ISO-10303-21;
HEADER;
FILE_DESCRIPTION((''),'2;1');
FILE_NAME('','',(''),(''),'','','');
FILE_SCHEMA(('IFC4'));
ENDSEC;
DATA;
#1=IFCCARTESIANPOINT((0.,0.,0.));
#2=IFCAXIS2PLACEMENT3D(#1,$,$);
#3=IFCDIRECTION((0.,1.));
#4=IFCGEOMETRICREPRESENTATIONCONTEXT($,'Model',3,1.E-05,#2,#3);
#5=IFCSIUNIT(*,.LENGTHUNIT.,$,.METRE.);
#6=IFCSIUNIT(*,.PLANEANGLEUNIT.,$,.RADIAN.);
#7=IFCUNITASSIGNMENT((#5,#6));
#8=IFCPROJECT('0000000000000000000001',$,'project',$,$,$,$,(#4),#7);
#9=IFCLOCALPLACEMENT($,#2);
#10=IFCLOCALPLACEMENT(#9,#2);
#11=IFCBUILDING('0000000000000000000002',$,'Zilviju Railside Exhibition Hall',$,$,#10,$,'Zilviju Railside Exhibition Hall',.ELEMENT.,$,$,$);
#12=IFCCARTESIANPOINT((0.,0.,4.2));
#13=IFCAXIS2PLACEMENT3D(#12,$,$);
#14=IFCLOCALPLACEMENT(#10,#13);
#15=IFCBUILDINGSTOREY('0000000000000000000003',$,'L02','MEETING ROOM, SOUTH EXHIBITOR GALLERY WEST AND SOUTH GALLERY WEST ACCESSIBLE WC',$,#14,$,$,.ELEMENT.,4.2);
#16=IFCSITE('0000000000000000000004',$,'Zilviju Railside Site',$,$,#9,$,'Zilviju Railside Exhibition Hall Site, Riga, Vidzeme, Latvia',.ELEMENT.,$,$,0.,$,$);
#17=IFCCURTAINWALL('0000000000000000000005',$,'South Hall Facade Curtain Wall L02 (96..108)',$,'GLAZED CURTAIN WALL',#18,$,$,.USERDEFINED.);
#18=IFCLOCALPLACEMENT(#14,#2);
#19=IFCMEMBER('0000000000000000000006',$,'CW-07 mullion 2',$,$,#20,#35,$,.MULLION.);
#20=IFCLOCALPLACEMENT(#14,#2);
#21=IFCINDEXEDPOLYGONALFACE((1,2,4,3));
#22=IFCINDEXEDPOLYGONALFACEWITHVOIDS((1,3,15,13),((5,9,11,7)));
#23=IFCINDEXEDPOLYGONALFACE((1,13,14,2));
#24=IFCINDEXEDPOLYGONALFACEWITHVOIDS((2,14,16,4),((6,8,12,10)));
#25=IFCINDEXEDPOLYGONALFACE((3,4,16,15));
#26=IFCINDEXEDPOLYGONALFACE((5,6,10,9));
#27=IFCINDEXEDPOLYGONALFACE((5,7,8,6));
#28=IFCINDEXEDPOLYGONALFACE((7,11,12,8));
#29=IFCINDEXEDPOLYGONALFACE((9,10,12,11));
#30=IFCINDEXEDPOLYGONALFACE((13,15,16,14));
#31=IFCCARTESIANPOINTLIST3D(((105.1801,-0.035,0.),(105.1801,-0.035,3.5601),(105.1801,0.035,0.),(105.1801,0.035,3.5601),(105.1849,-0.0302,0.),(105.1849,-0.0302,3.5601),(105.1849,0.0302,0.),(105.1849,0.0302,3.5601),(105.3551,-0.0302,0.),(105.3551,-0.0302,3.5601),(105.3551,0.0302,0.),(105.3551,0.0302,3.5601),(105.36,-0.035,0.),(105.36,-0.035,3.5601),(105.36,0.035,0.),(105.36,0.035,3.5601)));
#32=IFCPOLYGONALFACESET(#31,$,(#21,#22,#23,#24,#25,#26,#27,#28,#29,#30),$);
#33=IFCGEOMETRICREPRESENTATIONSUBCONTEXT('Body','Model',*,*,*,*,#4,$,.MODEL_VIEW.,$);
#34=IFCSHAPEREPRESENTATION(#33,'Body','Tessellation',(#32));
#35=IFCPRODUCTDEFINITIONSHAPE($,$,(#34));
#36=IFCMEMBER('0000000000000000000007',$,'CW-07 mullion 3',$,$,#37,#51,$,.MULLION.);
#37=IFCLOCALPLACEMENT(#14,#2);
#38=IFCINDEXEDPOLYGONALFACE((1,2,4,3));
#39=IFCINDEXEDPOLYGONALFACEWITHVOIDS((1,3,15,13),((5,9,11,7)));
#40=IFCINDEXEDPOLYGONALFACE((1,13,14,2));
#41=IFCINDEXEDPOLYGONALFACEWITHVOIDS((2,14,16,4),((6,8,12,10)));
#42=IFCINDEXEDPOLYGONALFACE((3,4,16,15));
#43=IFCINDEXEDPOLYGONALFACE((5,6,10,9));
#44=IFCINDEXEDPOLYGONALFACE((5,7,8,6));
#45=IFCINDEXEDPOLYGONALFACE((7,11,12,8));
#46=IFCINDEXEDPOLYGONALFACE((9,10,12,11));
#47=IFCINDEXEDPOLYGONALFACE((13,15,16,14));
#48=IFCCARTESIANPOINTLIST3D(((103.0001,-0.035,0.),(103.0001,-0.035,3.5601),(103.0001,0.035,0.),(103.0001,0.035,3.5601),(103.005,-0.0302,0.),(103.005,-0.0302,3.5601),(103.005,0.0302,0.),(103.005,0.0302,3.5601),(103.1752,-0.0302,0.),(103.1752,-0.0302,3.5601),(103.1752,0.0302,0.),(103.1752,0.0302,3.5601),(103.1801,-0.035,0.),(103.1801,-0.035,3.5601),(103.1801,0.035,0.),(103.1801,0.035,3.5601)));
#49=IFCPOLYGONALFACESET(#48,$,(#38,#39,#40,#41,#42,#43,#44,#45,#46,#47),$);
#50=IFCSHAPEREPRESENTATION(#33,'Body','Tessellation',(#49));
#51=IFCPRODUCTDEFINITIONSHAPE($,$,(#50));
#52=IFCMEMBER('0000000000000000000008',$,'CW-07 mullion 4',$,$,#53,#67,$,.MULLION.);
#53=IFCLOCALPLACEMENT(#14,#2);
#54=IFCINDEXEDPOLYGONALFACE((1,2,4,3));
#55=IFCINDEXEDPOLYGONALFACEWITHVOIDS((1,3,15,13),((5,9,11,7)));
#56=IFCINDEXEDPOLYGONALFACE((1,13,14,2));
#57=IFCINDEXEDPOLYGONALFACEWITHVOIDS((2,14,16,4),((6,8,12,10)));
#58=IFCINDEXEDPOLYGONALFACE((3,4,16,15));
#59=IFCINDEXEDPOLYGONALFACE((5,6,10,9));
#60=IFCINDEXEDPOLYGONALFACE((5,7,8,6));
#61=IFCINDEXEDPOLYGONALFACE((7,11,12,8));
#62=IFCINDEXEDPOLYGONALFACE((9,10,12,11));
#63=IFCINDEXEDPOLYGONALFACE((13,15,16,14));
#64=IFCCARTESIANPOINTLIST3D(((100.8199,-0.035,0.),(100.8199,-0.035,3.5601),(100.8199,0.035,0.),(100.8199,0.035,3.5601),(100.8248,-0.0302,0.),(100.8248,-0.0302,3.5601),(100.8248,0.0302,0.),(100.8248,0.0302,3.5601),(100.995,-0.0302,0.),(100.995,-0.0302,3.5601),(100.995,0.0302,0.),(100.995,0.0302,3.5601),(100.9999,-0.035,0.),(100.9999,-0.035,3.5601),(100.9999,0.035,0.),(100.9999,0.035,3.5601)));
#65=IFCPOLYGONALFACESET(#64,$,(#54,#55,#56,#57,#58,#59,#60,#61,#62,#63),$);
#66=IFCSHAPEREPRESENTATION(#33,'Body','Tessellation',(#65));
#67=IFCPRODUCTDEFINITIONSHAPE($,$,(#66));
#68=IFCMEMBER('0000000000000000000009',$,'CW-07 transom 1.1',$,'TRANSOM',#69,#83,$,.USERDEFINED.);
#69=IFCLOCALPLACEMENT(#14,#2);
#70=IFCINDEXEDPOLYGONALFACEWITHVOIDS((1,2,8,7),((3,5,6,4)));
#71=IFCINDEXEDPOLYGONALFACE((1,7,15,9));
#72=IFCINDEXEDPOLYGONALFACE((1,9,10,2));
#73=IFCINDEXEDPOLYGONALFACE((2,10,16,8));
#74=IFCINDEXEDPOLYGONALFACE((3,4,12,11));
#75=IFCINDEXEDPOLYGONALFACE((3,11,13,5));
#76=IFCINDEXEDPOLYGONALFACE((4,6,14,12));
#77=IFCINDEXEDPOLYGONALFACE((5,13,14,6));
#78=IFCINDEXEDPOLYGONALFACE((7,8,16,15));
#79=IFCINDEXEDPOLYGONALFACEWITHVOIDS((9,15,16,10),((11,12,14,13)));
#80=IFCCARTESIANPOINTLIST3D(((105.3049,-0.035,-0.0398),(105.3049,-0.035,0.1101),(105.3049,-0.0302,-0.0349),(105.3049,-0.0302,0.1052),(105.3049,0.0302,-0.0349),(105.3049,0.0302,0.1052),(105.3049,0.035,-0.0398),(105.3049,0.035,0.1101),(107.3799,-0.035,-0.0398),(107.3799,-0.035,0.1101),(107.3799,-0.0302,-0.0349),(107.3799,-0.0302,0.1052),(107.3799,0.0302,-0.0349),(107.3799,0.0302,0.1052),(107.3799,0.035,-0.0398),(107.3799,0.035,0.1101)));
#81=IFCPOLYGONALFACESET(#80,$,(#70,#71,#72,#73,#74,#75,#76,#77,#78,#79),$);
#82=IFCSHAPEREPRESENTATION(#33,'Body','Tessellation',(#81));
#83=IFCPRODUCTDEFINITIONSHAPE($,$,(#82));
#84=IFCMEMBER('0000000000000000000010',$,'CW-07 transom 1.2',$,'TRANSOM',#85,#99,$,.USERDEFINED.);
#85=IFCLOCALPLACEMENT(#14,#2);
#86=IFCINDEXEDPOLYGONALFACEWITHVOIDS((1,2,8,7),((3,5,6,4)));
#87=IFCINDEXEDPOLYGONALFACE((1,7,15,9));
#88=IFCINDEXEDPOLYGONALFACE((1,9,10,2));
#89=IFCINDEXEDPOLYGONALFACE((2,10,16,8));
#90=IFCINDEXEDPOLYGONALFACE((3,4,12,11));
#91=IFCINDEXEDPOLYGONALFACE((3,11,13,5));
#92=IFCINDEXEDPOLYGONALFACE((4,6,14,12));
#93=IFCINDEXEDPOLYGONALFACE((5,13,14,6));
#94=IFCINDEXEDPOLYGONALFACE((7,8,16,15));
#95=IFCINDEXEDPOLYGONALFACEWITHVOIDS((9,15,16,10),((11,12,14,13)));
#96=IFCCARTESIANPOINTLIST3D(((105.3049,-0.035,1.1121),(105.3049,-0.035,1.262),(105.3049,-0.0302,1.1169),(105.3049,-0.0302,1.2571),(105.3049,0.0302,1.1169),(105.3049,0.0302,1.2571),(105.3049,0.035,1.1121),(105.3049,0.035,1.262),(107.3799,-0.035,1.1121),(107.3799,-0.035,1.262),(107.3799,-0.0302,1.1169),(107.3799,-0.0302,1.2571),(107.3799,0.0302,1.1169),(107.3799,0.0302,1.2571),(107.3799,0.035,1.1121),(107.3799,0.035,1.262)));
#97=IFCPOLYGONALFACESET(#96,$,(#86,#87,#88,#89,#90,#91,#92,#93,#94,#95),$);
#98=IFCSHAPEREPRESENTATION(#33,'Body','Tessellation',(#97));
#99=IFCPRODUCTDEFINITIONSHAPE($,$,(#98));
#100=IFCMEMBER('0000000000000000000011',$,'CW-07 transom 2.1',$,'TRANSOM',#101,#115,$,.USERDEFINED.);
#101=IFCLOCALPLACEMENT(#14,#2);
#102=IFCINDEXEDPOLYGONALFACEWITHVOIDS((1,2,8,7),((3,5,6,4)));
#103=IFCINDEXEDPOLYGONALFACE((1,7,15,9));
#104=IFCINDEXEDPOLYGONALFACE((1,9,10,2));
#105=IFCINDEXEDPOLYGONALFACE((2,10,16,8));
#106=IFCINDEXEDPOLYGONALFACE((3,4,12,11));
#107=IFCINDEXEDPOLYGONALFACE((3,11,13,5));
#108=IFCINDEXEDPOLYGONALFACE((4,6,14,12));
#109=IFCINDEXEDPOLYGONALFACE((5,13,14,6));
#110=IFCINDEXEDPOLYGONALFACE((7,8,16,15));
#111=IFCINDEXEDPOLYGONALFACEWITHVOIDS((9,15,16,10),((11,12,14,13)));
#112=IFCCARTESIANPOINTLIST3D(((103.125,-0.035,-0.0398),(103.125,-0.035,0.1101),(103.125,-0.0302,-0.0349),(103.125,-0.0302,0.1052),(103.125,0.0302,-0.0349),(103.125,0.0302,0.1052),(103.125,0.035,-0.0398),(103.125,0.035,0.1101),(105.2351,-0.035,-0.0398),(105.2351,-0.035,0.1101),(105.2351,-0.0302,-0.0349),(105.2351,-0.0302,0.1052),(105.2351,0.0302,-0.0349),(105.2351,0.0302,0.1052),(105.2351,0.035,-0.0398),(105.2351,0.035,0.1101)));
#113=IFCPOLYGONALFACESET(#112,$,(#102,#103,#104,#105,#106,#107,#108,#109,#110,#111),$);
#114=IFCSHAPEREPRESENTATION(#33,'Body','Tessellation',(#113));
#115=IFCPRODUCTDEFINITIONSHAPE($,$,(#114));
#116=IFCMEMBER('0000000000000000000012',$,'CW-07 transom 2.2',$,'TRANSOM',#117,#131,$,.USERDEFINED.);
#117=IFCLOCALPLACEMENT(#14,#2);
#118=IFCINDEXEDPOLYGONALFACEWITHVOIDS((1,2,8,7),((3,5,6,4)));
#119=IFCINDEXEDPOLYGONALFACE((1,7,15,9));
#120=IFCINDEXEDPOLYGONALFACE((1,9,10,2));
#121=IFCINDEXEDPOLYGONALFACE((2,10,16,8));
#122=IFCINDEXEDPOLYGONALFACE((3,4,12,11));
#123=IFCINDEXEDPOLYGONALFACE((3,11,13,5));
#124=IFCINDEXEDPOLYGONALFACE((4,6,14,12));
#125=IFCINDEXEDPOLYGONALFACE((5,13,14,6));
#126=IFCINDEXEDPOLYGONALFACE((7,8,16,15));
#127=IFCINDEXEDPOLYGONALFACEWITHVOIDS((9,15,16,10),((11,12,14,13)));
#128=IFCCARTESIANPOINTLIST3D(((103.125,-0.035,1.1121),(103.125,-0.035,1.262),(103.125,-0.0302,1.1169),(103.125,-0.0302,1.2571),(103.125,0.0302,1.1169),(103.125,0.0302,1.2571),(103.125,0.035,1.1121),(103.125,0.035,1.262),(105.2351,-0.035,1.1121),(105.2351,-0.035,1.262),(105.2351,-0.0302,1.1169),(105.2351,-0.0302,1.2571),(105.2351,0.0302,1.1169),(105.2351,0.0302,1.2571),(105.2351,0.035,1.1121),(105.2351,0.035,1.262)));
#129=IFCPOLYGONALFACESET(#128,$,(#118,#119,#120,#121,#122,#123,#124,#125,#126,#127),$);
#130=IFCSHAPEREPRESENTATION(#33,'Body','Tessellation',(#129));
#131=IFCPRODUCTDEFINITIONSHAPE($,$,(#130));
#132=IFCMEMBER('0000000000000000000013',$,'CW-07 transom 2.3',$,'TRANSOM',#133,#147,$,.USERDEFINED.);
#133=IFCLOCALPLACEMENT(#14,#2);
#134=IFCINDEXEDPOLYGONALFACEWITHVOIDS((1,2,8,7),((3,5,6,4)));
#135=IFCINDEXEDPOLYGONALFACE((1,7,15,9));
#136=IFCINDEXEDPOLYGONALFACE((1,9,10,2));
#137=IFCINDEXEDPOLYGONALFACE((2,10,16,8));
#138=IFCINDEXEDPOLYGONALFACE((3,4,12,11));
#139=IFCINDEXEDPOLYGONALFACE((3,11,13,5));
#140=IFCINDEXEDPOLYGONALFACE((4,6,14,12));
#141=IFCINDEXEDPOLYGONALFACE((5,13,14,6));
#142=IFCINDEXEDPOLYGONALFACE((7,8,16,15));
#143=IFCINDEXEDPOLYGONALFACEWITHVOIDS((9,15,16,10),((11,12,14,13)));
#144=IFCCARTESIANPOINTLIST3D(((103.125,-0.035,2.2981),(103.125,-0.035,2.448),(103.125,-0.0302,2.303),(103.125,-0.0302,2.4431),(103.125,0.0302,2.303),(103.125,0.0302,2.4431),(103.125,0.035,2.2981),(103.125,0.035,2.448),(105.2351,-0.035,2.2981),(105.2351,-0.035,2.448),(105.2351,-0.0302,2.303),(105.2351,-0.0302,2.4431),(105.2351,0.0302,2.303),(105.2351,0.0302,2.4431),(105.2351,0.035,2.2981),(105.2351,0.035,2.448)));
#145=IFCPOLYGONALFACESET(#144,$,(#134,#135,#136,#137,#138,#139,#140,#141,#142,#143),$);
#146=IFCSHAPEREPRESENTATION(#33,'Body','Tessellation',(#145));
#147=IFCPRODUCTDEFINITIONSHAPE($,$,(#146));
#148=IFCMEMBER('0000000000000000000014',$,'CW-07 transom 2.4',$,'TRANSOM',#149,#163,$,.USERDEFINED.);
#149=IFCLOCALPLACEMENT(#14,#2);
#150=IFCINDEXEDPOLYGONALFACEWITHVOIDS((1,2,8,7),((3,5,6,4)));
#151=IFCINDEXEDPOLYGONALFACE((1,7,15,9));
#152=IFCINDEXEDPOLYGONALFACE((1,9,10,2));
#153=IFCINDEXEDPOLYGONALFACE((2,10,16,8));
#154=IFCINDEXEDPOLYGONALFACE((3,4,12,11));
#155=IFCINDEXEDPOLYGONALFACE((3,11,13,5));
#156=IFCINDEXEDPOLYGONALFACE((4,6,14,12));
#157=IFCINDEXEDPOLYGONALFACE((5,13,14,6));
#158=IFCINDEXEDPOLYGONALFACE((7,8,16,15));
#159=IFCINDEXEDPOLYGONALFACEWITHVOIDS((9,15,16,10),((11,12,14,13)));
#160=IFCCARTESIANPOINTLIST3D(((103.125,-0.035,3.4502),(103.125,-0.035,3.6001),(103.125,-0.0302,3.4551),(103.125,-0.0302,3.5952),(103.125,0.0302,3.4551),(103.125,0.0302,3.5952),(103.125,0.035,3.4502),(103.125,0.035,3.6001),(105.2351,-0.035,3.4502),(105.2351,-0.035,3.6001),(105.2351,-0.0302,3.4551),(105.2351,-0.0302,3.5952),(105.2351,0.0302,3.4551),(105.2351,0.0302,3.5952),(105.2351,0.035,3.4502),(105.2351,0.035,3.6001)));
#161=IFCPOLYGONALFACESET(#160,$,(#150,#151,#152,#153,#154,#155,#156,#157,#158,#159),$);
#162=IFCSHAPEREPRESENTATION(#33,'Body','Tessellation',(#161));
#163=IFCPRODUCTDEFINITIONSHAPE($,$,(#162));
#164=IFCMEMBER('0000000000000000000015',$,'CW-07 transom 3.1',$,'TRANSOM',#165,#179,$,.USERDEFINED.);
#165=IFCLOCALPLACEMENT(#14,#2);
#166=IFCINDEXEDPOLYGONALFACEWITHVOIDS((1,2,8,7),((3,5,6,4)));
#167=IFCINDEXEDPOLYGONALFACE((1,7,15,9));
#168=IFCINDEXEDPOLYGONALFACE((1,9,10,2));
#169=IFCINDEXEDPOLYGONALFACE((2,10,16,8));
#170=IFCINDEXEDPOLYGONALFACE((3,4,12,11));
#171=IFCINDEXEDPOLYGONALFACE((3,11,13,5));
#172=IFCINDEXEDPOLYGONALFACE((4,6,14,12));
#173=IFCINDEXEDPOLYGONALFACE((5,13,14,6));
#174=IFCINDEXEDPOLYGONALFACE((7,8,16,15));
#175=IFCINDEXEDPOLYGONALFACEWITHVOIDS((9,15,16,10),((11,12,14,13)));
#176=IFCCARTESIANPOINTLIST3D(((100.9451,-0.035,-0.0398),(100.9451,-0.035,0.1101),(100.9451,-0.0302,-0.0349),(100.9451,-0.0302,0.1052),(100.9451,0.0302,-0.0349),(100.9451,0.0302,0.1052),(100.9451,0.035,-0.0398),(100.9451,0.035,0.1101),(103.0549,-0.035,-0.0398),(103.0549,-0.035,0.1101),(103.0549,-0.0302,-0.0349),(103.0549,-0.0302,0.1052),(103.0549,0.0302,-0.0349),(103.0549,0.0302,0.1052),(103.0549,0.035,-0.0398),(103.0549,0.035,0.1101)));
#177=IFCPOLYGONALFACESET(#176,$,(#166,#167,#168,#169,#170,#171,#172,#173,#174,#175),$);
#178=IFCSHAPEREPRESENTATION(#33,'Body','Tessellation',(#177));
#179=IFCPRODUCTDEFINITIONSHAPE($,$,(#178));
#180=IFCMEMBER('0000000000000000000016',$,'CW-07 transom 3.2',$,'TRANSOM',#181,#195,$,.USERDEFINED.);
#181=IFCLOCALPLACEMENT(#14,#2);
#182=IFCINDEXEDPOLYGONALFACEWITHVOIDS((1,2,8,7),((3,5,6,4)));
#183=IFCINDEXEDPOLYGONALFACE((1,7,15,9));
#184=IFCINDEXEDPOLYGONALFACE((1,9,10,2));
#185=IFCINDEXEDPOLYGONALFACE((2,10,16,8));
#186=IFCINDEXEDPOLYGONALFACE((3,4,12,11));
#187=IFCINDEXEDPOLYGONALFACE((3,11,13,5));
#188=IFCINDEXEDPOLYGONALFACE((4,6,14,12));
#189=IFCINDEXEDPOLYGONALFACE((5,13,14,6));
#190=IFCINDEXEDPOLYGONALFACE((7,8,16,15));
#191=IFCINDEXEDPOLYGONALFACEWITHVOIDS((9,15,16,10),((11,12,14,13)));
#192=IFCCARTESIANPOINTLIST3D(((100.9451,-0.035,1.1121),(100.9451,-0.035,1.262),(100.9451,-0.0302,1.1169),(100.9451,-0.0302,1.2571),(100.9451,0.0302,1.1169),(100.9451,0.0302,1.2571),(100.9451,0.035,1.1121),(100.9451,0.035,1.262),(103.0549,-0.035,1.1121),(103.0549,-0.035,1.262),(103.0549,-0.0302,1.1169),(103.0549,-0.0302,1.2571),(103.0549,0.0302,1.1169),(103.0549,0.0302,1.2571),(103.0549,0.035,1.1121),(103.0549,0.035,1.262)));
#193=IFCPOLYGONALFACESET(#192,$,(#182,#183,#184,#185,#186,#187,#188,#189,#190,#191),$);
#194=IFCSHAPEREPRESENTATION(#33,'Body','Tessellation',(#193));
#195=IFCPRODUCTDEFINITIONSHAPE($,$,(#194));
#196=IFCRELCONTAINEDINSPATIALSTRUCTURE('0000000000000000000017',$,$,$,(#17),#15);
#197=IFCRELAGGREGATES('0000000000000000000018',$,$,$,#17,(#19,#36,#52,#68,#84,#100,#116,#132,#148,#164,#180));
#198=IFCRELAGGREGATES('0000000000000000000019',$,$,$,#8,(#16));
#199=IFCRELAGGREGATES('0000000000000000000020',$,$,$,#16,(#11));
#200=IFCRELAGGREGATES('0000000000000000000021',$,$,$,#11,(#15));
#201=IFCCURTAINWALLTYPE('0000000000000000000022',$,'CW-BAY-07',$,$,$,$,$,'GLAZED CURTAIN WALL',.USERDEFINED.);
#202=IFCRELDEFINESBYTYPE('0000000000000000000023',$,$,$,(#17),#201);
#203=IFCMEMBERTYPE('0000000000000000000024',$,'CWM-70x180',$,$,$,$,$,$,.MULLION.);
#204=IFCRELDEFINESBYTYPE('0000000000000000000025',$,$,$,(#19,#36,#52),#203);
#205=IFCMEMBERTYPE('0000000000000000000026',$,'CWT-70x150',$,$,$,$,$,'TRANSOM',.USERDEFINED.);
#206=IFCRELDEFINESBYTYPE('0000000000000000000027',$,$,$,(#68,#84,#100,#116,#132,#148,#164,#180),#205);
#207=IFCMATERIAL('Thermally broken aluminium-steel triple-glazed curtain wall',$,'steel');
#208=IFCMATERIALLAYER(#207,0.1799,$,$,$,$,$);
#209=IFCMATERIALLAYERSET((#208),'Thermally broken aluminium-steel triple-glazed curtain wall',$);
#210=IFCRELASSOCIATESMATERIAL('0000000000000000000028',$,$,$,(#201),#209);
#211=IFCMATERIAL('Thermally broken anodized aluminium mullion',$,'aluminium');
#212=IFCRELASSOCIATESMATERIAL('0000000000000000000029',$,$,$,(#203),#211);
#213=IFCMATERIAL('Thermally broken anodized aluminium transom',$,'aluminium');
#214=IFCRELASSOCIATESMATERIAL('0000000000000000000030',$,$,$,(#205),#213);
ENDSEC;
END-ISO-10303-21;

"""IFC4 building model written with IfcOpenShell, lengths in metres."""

from ifc_helpers import new_model, si_unit, direction, frame, origin, origin_2d, place, context, subcontext, project, spatial, hollow_rectangle, extrude, material, layer, layer_set, material_profile, profile_set, type_object, element, aggregate, save


model = new_model("IFC4")

# Units and contexts
model_context = context("Model", 3, precision=1e-05, world=origin(), true_north=direction((0.0, 1.0)))
body_context = subcontext(model_context, "Body", "Model", "MODEL_VIEW")
ifc_project = project(units=[si_unit("LENGTHUNIT", "METRE"), si_unit("PLANEANGLEUNIT", "RADIAN")], contexts=[model_context])

# Site, building, storey
site_placement = place(None, origin())
site = spatial("IfcSite", under=ifc_project, at=site_placement, Name="Zilviju Railside Site", LongName="Zilviju Railside Exhibition Hall Site, Riga, Vidzeme, Latvia", CompositionType="ELEMENT", RefElevation=0.0)
building_placement = place(site_placement, origin())
building = spatial("IfcBuilding", under=site, at=building_placement, Name="Zilviju Railside Exhibition Hall", LongName="Zilviju Railside Exhibition Hall", CompositionType="ELEMENT")
storey_placement = place(building_placement, frame((0.0, 0.0, 4.2)))
storey = spatial("IfcBuildingStorey", under=building, at=storey_placement, Name="L02", Description="MEETING ROOM, SOUTH EXHIBITOR GALLERY WEST AND SOUTH GALLERY WEST ACCESSIBLE WC", CompositionType="ELEMENT", Elevation=4.2)

# Curtain wall, members
ifc_material_1 = material(Name="Thermally broken aluminium-steel triple-glazed curtain wall", Category="steel")
ifc_layer_1 = layer(ifc_material_1, 0.1799)
ifc_layer_set_1 = layer_set([ifc_layer_1], Name="Thermally broken aluminium-steel triple-glazed curtain wall")
curtain_wall_type = type_object("IfcCurtainWallType", Name="CW-BAY-07", ElementType="GLAZED CURTAIN WALL", PredefinedType="USERDEFINED", material=ifc_layer_set_1)
curtain_wall_placement = place(storey_placement, origin())
curtain_wall = element("IfcCurtainWall", 1, at=curtain_wall_placement, inside=storey, type_object=curtain_wall_type, Name="South Hall Facade Curtain Wall L02 (96..108)", ObjectType="GLAZED CURTAIN WALL", PredefinedType="USERDEFINED")
ifc_material_2 = material(Name="Thermally broken anodized aluminium mullion", Category="aluminium")
ifc_material_profile_1 = material_profile(ifc_material_2, hollow_rectangle(XDim=0.0701, YDim=0.1799, WallThickness=0.0049, at=origin_2d()), Name="MULLION 180x70x5")
ifc_profile_set_1 = profile_set([ifc_material_profile_1], Name="Thermally broken anodized aluminium mullion")
member_type_1 = type_object("IfcMemberType", Name="CWM-70x180", PredefinedType="MULLION", material=ifc_profile_set_1)
member_1_placement = place(storey_placement, frame((105.27, 0.0, 0.0), z_axis=(0.0, 0.0, 1.0), x_axis=(0.0, -1.0, 0.0)))
member_1 = element("IfcMember", 2, at=member_1_placement, type_object=member_type_1, Name="CW-07 mullion 2", PredefinedType="MULLION", context=body_context, shape_type="SweptSolid", body=[
    extrude(hollow_rectangle(XDim=0.0701, YDim=0.1799, WallThickness=0.0049, at=origin_2d()), origin(), (0.0, 0.0, 1.0), 3.5601),
])
member_2_placement = place(storey_placement, frame((103.0901, 0.0, 0.0), z_axis=(0.0, 0.0, 1.0), x_axis=(0.0, -1.0, 0.0)))
member_2 = element("IfcMember", 3, at=member_2_placement, type_object=member_type_1, Name="CW-07 mullion 3", PredefinedType="MULLION", context=body_context, shape_type="SweptSolid", body=[
    extrude(hollow_rectangle(XDim=0.0701, YDim=0.1799, WallThickness=0.0049, at=origin_2d()), origin(), (0.0, 0.0, 1.0), 3.5601),
])
member_3_placement = place(storey_placement, frame((100.9099, 0.0, 0.0), z_axis=(0.0, 0.0, 1.0), x_axis=(0.0, -1.0, 0.0)))
member_3 = element("IfcMember", 4, at=member_3_placement, type_object=member_type_1, Name="CW-07 mullion 4", PredefinedType="MULLION", context=body_context, shape_type="SweptSolid", body=[
    extrude(hollow_rectangle(XDim=0.0701, YDim=0.1799, WallThickness=0.0049, at=origin_2d()), origin(), (0.0, 0.0, 1.0), 3.5601),
])
ifc_material_3 = material(Name="Thermally broken anodized aluminium transom", Category="aluminium")
ifc_material_profile_2 = material_profile(ifc_material_3, hollow_rectangle(XDim=0.0701, YDim=0.1499, WallThickness=0.0049, at=origin_2d()), Name="TRANSOM 150x70x5")
ifc_profile_set_2 = profile_set([ifc_material_profile_2], Name="Thermally broken anodized aluminium transom")
member_type_2 = type_object("IfcMemberType", Name="CWT-70x150", ElementType="TRANSOM", PredefinedType="USERDEFINED", material=ifc_profile_set_2)
member_4_placement = place(storey_placement, frame((107.3799, 0.0, 0.0352), z_axis=(-1.0, 0.0, 0.0), x_axis=(0.0, -1.0, 0.0)))
member_4 = element("IfcMember", 5, at=member_4_placement, type_object=member_type_2, Name="CW-07 transom 1.1", ObjectType="TRANSOM", PredefinedType="USERDEFINED", context=body_context, shape_type="SweptSolid", body=[
    extrude(hollow_rectangle(XDim=0.0701, YDim=0.1499, WallThickness=0.0049, at=origin_2d()), origin(), (0.0, 0.0, 1.0), 2.075),
])
member_5_placement = place(storey_placement, frame((107.3799, 0.0, 1.187), z_axis=(-1.0, 0.0, 0.0), x_axis=(0.0, -1.0, 0.0)))
member_5 = element("IfcMember", 6, at=member_5_placement, type_object=member_type_2, Name="CW-07 transom 1.2", ObjectType="TRANSOM", PredefinedType="USERDEFINED", context=body_context, shape_type="SweptSolid", body=[
    extrude(hollow_rectangle(XDim=0.0701, YDim=0.1499, WallThickness=0.0049, at=origin_2d()), origin(), (0.0, 0.0, 1.0), 2.075),
])
member_6_placement = place(storey_placement, frame((105.2351, 0.0, 0.0352), z_axis=(-1.0, 0.0, 0.0), x_axis=(0.0, -1.0, 0.0)))
member_6 = element("IfcMember", 7, at=member_6_placement, type_object=member_type_2, Name="CW-07 transom 2.1", ObjectType="TRANSOM", PredefinedType="USERDEFINED", context=body_context, shape_type="SweptSolid", body=[
    extrude(hollow_rectangle(XDim=0.0701, YDim=0.1499, WallThickness=0.0049, at=origin_2d()), origin(), (0.0, 0.0, 1.0), 2.1101),
])
member_7_placement = place(storey_placement, frame((105.2351, 0.0, 1.187), z_axis=(-1.0, 0.0, 0.0), x_axis=(0.0, -1.0, 0.0)))
member_7 = element("IfcMember", 8, at=member_7_placement, type_object=member_type_2, Name="CW-07 transom 2.2", ObjectType="TRANSOM", PredefinedType="USERDEFINED", context=body_context, shape_type="SweptSolid", body=[
    extrude(hollow_rectangle(XDim=0.0701, YDim=0.1499, WallThickness=0.0049, at=origin_2d()), origin(), (0.0, 0.0, 1.0), 2.1101),
])
member_8_placement = place(storey_placement, frame((105.2351, 0.0, 2.373), z_axis=(-1.0, 0.0, 0.0), x_axis=(0.0, -1.0, 0.0)))
member_8 = element("IfcMember", 9, at=member_8_placement, type_object=member_type_2, Name="CW-07 transom 2.3", ObjectType="TRANSOM", PredefinedType="USERDEFINED", context=body_context, shape_type="SweptSolid", body=[
    extrude(hollow_rectangle(XDim=0.0701, YDim=0.1499, WallThickness=0.0049, at=origin_2d()), origin(), (0.0, 0.0, 1.0), 2.1101),
])
member_9_placement = place(storey_placement, frame((105.2351, 0.0, 3.5251), z_axis=(-1.0, 0.0, 0.0), x_axis=(0.0, -1.0, 0.0)))
member_9 = element("IfcMember", 10, at=member_9_placement, type_object=member_type_2, Name="CW-07 transom 2.4", ObjectType="TRANSOM", PredefinedType="USERDEFINED", context=body_context, shape_type="SweptSolid", body=[
    extrude(hollow_rectangle(XDim=0.0701, YDim=0.1499, WallThickness=0.0049, at=origin_2d()), origin(), (0.0, 0.0, 1.0), 2.1101),
])
member_10_placement = place(storey_placement, frame((103.0549, 0.0, 0.0352), z_axis=(-1.0, 0.0, 0.0), x_axis=(0.0, -1.0, 0.0)))
member_10 = element("IfcMember", 11, at=member_10_placement, type_object=member_type_2, Name="CW-07 transom 3.1", ObjectType="TRANSOM", PredefinedType="USERDEFINED", context=body_context, shape_type="SweptSolid", body=[
    extrude(hollow_rectangle(XDim=0.0701, YDim=0.1499, WallThickness=0.0049, at=origin_2d()), origin(), (0.0, 0.0, 1.0), 2.1099),
])
member_11_placement = place(storey_placement, frame((103.0549, 0.0, 1.187), z_axis=(-1.0, 0.0, 0.0), x_axis=(0.0, -1.0, 0.0)))
member_11 = element("IfcMember", 12, at=member_11_placement, type_object=member_type_2, Name="CW-07 transom 3.2", ObjectType="TRANSOM", PredefinedType="USERDEFINED", context=body_context, shape_type="SweptSolid", body=[
    extrude(hollow_rectangle(XDim=0.0701, YDim=0.1499, WallThickness=0.0049, at=origin_2d()), origin(), (0.0, 0.0, 1.0), 2.1099),
])
aggregate(curtain_wall, [member_1, member_2, member_3, member_4, member_5, member_6, member_7, member_8, member_9, member_10, member_11])

save(model, "model.ifc")
